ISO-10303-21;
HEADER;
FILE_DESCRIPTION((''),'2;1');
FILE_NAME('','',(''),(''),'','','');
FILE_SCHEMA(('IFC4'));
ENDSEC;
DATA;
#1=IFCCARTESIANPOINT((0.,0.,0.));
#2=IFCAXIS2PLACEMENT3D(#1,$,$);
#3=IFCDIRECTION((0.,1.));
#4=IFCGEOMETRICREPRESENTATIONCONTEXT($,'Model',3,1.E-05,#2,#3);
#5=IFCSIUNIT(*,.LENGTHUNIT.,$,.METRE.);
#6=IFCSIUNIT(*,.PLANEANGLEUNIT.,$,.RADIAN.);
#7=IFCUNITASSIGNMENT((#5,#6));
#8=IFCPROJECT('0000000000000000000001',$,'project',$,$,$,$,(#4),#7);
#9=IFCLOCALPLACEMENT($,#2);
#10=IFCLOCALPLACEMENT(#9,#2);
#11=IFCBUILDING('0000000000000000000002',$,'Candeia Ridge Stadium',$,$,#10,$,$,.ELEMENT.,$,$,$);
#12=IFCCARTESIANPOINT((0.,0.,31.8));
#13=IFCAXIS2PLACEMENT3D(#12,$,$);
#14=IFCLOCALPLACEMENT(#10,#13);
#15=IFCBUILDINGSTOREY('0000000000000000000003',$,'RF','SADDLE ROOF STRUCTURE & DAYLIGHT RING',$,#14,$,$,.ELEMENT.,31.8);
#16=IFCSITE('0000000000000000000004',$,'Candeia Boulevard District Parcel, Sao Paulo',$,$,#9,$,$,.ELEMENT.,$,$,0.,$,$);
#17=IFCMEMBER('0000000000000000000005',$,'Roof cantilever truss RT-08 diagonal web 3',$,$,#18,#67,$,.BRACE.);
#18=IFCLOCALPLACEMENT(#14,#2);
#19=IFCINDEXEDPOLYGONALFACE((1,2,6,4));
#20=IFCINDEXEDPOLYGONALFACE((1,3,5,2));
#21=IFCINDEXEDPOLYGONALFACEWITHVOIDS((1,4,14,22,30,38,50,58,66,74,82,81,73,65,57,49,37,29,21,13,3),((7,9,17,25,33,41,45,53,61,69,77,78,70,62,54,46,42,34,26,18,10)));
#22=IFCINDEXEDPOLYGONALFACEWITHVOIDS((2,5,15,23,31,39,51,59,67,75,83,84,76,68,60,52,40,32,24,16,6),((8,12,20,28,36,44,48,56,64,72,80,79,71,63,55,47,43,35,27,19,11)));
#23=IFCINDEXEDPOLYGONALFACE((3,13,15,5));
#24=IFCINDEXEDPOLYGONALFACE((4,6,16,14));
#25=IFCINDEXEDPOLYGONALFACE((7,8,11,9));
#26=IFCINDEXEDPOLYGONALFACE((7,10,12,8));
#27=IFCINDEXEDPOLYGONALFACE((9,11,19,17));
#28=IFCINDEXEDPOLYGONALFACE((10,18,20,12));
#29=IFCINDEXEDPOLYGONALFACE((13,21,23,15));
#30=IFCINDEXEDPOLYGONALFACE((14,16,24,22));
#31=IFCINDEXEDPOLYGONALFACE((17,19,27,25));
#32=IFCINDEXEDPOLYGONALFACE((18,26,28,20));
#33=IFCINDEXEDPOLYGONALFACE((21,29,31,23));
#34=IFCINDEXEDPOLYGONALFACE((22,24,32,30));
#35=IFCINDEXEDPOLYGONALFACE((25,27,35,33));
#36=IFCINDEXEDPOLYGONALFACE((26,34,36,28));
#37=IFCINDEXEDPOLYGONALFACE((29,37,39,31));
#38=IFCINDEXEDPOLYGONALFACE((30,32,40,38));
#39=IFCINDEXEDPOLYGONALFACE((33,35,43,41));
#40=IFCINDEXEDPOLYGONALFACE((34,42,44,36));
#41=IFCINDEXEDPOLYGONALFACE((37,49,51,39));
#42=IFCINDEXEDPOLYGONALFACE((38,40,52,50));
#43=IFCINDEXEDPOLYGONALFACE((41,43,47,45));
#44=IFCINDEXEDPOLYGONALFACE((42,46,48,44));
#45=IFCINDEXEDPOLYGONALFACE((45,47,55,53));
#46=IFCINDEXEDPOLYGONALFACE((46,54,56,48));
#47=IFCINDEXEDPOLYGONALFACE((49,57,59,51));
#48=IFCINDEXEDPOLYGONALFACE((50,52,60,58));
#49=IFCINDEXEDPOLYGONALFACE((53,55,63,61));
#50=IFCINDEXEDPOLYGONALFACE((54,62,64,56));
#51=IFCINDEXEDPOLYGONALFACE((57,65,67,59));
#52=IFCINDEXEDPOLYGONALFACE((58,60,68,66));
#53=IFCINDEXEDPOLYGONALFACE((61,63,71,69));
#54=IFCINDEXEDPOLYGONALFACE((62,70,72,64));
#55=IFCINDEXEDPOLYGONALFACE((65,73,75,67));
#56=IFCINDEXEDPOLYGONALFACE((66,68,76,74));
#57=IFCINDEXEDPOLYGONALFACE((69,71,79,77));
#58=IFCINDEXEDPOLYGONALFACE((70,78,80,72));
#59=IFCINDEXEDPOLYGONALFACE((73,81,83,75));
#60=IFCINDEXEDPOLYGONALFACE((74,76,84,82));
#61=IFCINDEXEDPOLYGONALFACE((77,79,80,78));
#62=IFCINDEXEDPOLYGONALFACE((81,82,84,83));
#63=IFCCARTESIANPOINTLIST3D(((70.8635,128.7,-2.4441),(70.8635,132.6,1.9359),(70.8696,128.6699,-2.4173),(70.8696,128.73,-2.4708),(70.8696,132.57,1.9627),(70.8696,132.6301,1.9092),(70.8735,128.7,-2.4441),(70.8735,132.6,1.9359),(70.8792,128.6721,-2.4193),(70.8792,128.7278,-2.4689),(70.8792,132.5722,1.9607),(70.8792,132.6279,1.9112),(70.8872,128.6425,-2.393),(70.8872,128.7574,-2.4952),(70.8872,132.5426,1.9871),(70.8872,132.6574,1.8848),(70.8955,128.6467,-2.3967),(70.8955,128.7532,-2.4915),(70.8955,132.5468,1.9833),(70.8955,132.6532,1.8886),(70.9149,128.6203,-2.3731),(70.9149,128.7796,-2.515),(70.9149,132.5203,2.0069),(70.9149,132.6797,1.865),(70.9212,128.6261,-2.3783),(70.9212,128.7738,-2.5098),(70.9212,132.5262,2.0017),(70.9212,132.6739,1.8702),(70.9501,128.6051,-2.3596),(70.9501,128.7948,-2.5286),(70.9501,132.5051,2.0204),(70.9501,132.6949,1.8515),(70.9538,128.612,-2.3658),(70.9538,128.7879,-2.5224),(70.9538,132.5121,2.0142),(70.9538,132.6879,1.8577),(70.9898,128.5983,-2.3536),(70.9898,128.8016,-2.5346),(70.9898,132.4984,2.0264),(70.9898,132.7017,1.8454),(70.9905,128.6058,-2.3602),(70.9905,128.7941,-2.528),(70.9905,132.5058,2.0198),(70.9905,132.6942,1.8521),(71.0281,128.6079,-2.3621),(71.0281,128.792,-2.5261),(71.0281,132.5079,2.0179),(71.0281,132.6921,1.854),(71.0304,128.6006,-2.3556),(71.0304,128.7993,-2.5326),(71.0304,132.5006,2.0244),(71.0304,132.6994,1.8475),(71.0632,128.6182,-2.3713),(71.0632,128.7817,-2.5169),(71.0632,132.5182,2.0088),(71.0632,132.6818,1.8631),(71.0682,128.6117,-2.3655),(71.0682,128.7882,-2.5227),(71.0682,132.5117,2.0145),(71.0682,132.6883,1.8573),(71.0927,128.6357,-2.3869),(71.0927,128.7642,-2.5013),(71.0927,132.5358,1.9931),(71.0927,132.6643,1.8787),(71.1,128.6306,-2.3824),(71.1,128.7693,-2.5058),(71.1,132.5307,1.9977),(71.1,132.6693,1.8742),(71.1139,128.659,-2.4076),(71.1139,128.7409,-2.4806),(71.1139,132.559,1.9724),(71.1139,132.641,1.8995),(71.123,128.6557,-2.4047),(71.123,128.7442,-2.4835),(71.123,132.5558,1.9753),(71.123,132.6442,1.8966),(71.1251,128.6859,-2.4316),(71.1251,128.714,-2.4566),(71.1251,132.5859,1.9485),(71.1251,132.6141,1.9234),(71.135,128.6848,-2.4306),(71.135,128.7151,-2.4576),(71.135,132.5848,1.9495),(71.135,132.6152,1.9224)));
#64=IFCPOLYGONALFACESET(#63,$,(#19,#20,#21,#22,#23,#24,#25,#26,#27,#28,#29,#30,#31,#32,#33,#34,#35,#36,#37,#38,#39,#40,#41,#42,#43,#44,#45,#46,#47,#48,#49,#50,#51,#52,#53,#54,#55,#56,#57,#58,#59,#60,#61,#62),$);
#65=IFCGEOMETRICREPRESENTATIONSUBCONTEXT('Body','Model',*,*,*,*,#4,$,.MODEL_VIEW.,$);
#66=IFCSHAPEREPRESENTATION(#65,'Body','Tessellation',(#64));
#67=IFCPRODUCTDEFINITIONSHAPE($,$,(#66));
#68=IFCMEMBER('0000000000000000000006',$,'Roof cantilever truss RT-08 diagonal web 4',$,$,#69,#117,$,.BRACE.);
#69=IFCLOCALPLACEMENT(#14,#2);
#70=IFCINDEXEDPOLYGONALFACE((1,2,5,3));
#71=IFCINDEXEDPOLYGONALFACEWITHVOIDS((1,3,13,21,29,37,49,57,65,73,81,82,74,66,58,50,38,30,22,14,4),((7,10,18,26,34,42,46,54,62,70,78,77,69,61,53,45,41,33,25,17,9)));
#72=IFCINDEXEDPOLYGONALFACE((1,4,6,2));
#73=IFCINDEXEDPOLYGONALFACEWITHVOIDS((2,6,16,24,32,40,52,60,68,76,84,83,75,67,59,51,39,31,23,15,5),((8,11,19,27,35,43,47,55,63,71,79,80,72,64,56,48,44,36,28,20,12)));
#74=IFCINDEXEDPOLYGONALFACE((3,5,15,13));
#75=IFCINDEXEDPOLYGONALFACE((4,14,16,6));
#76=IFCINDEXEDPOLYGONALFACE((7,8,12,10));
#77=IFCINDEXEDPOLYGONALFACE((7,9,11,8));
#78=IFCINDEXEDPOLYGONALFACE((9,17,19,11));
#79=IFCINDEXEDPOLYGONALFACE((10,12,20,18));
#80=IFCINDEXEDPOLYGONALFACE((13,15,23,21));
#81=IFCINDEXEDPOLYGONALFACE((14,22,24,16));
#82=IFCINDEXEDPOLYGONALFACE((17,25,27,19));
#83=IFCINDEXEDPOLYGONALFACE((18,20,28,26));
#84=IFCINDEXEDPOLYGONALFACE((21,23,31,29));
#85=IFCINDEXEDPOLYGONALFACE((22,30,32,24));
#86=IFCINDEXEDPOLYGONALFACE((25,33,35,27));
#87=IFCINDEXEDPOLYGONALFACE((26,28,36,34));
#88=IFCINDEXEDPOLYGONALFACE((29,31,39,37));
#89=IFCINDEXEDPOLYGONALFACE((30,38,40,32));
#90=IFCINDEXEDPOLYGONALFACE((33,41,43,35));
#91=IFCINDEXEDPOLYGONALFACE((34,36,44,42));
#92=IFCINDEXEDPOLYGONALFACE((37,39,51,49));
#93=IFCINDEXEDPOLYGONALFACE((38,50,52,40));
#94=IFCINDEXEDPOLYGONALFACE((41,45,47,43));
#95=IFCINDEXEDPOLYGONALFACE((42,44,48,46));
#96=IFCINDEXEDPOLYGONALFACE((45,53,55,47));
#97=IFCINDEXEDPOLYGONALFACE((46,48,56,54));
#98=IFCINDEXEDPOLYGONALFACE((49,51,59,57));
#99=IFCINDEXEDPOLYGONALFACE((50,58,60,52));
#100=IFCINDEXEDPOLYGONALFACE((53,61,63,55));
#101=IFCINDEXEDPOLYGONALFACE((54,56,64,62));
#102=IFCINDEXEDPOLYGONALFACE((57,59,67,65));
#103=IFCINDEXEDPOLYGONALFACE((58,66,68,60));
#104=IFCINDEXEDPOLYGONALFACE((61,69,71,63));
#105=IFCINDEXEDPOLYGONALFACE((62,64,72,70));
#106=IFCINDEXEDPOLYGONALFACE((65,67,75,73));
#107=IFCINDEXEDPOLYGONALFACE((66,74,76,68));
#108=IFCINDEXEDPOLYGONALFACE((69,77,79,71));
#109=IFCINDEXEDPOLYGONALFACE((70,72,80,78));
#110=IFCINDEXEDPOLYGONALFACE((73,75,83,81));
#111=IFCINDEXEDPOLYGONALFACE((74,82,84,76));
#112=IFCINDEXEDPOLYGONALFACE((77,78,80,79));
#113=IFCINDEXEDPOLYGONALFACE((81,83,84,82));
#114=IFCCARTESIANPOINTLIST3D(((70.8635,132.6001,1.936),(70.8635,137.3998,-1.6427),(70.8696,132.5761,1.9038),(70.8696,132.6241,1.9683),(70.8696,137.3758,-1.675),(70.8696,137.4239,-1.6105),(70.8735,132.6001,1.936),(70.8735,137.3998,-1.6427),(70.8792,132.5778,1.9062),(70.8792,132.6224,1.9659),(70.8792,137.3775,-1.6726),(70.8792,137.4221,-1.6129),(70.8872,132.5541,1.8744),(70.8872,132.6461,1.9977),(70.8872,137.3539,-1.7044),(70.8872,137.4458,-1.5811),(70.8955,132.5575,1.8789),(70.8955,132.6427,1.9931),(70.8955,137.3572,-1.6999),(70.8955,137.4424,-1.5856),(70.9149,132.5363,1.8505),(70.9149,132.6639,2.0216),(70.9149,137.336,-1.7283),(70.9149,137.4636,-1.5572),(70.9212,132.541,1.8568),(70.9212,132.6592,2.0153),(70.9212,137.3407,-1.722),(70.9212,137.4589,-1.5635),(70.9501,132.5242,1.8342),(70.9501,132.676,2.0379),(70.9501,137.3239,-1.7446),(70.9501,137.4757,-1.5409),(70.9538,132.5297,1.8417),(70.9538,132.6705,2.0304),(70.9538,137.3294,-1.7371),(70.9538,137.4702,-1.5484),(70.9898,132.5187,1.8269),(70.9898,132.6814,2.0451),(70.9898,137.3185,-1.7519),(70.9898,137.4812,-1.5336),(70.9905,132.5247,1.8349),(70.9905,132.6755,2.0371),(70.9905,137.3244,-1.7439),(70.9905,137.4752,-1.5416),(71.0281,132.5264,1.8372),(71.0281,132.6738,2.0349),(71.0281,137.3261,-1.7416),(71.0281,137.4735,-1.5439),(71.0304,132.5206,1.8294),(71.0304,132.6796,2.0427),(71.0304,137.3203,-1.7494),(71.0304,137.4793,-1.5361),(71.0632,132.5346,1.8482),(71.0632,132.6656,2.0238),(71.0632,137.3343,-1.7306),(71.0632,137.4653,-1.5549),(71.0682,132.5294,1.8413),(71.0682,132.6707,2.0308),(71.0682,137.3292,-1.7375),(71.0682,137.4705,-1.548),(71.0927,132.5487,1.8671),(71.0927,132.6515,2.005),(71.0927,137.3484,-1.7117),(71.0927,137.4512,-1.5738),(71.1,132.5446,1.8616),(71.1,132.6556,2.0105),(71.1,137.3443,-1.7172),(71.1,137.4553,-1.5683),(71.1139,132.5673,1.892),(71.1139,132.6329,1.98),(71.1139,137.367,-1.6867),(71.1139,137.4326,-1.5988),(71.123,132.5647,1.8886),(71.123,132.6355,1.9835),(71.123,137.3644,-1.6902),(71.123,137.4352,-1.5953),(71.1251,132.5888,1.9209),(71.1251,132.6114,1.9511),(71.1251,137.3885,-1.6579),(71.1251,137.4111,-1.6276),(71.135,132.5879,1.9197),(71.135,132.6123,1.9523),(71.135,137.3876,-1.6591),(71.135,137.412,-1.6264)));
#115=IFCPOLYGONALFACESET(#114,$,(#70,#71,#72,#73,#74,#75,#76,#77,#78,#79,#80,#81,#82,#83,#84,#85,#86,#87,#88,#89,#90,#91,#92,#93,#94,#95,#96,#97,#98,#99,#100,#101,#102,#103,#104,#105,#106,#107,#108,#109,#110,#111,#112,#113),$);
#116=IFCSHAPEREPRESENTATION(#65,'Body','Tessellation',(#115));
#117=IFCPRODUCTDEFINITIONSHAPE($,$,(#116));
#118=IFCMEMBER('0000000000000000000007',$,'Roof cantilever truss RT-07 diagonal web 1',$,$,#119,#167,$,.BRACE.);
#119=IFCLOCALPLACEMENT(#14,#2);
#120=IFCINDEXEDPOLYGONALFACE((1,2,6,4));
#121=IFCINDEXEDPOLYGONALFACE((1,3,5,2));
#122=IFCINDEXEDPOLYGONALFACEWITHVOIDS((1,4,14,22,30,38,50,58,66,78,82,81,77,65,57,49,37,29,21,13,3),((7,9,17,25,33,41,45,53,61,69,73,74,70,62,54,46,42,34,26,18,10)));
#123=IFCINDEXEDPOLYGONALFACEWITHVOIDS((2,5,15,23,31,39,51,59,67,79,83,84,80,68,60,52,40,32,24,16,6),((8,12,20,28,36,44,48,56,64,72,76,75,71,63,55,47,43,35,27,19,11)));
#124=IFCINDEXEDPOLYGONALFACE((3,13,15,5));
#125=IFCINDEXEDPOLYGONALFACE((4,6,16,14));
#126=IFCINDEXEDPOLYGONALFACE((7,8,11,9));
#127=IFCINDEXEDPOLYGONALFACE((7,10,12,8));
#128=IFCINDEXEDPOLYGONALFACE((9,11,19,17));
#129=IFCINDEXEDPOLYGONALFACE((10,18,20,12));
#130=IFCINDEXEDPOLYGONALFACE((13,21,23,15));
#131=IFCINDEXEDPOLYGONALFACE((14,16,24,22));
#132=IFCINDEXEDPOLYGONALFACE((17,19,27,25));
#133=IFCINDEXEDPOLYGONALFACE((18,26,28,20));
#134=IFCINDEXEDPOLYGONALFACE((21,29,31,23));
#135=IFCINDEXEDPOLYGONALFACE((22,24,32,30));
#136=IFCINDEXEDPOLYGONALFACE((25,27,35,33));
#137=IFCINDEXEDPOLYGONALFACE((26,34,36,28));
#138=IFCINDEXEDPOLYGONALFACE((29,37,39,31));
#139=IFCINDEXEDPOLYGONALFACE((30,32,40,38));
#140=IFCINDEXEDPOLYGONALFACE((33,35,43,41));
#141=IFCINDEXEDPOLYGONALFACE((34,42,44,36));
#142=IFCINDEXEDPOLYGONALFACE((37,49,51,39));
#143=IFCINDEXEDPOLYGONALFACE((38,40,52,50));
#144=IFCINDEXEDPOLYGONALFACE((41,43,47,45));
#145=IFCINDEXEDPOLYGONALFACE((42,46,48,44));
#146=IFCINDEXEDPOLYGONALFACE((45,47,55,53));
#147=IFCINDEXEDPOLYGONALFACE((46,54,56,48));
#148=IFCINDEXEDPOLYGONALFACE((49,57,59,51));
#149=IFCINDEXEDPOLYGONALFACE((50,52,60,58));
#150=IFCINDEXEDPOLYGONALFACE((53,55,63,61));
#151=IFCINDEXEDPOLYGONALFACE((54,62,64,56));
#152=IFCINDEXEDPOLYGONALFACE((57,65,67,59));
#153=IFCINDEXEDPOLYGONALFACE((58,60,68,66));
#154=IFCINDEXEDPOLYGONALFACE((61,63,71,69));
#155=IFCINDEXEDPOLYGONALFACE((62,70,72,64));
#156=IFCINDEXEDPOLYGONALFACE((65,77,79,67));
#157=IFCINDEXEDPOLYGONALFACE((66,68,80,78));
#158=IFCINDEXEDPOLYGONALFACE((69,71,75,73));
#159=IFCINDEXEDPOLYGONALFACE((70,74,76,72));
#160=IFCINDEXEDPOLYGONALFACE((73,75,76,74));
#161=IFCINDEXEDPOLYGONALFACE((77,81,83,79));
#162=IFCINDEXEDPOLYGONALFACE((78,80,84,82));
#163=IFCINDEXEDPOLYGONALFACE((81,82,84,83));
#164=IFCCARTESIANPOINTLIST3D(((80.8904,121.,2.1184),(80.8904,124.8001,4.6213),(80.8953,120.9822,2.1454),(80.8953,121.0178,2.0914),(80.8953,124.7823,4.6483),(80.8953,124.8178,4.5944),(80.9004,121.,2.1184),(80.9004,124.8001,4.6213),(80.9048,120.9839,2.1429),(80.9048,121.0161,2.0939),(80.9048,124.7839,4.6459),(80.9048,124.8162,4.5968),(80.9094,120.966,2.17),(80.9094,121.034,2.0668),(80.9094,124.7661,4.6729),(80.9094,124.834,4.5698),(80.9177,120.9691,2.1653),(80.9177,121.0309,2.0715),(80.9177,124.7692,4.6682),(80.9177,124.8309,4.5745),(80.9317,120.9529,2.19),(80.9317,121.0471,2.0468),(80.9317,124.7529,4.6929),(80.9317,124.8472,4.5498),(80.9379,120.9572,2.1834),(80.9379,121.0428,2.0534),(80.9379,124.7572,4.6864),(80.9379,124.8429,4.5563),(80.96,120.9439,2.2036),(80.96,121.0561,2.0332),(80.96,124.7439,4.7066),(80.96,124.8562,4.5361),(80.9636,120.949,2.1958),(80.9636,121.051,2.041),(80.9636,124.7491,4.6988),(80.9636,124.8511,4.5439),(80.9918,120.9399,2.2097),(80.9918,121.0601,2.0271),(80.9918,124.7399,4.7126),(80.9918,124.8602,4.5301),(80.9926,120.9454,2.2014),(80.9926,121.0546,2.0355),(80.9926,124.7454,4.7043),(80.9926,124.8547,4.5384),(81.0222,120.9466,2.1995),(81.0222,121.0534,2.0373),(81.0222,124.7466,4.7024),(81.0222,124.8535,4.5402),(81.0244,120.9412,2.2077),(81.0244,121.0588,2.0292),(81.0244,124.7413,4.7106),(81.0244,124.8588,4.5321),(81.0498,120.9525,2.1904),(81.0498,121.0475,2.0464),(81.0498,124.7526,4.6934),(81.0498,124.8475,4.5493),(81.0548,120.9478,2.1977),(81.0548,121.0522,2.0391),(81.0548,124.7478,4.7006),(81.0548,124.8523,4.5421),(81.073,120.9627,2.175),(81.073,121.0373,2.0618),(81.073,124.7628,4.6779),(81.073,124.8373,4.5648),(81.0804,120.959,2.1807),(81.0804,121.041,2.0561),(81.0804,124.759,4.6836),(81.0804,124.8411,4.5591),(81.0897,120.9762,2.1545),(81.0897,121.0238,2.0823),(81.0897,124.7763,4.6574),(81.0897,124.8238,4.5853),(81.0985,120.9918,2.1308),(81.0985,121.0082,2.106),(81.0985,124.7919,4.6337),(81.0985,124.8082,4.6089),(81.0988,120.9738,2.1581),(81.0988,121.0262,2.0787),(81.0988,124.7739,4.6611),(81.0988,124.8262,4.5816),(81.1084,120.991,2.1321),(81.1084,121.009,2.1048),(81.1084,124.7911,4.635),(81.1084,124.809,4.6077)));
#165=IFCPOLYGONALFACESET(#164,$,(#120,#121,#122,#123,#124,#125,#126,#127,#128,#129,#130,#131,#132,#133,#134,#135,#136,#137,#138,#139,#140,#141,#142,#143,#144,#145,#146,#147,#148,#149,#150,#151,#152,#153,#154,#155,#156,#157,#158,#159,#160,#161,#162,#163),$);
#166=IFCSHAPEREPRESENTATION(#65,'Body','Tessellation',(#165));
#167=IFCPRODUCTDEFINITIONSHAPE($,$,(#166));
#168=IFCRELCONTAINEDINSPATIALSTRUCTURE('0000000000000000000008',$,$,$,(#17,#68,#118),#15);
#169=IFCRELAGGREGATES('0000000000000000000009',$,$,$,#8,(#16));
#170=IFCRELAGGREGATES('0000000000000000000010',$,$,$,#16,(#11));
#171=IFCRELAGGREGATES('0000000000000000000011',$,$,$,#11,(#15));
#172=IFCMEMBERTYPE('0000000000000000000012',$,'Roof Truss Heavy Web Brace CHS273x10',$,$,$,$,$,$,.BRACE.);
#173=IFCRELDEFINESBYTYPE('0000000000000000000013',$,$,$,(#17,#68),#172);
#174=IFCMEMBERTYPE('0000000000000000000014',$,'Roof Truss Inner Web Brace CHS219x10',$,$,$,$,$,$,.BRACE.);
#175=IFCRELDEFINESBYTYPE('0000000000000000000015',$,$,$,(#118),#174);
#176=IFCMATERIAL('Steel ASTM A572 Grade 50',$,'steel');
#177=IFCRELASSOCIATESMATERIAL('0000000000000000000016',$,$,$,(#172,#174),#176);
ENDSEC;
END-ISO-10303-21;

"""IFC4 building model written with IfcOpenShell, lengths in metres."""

from ifc_helpers import new_model, si_unit, direction, frame, origin, origin_2d, place, context, subcontext, project, spatial, hollow_circle, extrude, material, material_profile, profile_set, type_object, element, save


model = new_model("IFC4")

# Units and contexts
model_context = context("Model", 3, precision=1e-05, world=origin(), true_north=direction((0.0, 1.0)))
body_context = subcontext(model_context, "Body", "Model", "MODEL_VIEW")
ifc_project = project(units=[si_unit("LENGTHUNIT", "METRE"), si_unit("PLANEANGLEUNIT", "RADIAN")], contexts=[model_context])

# Site, building, storey
site_placement = place(None, origin())
site = spatial("IfcSite", under=ifc_project, at=site_placement, Name="Candeia Boulevard District Parcel, Sao Paulo", CompositionType="ELEMENT", RefElevation=0.0)
building_placement = place(site_placement, origin())
building = spatial("IfcBuilding", under=site, at=building_placement, Name="Candeia Ridge Stadium", CompositionType="ELEMENT")
storey_placement = place(building_placement, frame((0.0, 0.0, 31.8)))
storey = spatial("IfcBuildingStorey", under=building, at=storey_placement, Name="RF", Description="SADDLE ROOF STRUCTURE & DAYLIGHT RING", CompositionType="ELEMENT", Elevation=31.8)

# Shared definitions
ifc_material_1 = material(Name="Steel ASTM A572 Grade 50", Category="steel")

# Members
ifc_material_profile_1 = material_profile(ifc_material_1, hollow_circle(Radius=0.1365, WallThickness=0.01, at=origin_2d()), Name="CHS273x10", Category="steel")
ifc_profile_set_1 = profile_set([ifc_material_profile_1], Name="Steel ASTM A572 Grade 50")
member_type_1 = type_object("IfcMemberType", Name="Roof Truss Heavy Web Brace CHS273x10", PredefinedType="BRACE", material=ifc_profile_set_1)
for number, where, z_axis, x_axis, name in (
    (1, (71.0, 128.7, -2.4441), (0.0, 0.665002, 0.746842), (-1.0, 0.0, 0.0), "Roof cantilever truss RT-08 diagonal web 3"),
):
    element("IfcMember", number, at=place(storey_placement, frame(where, z_axis=z_axis, x_axis=x_axis)), inside=storey, type_object=member_type_1, Name=name, PredefinedType="BRACE", context=body_context, shape_type="SweptSolid", body=[
        extrude(hollow_circle(Radius=0.1365, WallThickness=0.01, at=origin_2d()), origin(), (0.0, 0.0, 1.0), 5.8647),
    ])
member_1_placement = place(storey_placement, frame((71.0, 132.6001, 1.936), z_axis=(0.0, 0.80168, -0.597753), x_axis=(-1.0, 0.0, 0.0)))
element("IfcMember", 2, at=member_1_placement, inside=storey, type_object=member_type_1, Name="Roof cantilever truss RT-08 diagonal web 4", PredefinedType="BRACE", context=body_context, shape_type="SweptSolid", body=[
    extrude(hollow_circle(Radius=0.1365, WallThickness=0.01, at=origin_2d()), origin(), (0.0, 0.0, 1.0), 5.9871),
])
ifc_material_profile_2 = material_profile(ifc_material_1, hollow_circle(Radius=0.1096, WallThickness=0.01, at=origin_2d()), Name="CHS219x10", Category="steel")
ifc_profile_set_2 = profile_set([ifc_material_profile_2], Name="Steel ASTM A572 Grade 50")
member_type_2 = type_object("IfcMemberType", Name="Roof Truss Inner Web Brace CHS219x10", PredefinedType="BRACE", material=ifc_profile_set_2)
member_2_placement = place(storey_placement, frame((81.0, 121.0, 2.1184), z_axis=(0.0, 0.835125, 0.550061), x_axis=(-1.0, 0.0, 0.0)))
element("IfcMember", 3, at=member_2_placement, inside=storey, type_object=member_type_2, Name="Roof cantilever truss RT-07 diagonal web 1", PredefinedType="BRACE", context=body_context, shape_type="SweptSolid", body=[
    extrude(hollow_circle(Radius=0.1096, WallThickness=0.01, at=origin_2d()), origin(), (0.0, 0.0, 1.0), 4.5503),
])

save(model, "model.ifc")
